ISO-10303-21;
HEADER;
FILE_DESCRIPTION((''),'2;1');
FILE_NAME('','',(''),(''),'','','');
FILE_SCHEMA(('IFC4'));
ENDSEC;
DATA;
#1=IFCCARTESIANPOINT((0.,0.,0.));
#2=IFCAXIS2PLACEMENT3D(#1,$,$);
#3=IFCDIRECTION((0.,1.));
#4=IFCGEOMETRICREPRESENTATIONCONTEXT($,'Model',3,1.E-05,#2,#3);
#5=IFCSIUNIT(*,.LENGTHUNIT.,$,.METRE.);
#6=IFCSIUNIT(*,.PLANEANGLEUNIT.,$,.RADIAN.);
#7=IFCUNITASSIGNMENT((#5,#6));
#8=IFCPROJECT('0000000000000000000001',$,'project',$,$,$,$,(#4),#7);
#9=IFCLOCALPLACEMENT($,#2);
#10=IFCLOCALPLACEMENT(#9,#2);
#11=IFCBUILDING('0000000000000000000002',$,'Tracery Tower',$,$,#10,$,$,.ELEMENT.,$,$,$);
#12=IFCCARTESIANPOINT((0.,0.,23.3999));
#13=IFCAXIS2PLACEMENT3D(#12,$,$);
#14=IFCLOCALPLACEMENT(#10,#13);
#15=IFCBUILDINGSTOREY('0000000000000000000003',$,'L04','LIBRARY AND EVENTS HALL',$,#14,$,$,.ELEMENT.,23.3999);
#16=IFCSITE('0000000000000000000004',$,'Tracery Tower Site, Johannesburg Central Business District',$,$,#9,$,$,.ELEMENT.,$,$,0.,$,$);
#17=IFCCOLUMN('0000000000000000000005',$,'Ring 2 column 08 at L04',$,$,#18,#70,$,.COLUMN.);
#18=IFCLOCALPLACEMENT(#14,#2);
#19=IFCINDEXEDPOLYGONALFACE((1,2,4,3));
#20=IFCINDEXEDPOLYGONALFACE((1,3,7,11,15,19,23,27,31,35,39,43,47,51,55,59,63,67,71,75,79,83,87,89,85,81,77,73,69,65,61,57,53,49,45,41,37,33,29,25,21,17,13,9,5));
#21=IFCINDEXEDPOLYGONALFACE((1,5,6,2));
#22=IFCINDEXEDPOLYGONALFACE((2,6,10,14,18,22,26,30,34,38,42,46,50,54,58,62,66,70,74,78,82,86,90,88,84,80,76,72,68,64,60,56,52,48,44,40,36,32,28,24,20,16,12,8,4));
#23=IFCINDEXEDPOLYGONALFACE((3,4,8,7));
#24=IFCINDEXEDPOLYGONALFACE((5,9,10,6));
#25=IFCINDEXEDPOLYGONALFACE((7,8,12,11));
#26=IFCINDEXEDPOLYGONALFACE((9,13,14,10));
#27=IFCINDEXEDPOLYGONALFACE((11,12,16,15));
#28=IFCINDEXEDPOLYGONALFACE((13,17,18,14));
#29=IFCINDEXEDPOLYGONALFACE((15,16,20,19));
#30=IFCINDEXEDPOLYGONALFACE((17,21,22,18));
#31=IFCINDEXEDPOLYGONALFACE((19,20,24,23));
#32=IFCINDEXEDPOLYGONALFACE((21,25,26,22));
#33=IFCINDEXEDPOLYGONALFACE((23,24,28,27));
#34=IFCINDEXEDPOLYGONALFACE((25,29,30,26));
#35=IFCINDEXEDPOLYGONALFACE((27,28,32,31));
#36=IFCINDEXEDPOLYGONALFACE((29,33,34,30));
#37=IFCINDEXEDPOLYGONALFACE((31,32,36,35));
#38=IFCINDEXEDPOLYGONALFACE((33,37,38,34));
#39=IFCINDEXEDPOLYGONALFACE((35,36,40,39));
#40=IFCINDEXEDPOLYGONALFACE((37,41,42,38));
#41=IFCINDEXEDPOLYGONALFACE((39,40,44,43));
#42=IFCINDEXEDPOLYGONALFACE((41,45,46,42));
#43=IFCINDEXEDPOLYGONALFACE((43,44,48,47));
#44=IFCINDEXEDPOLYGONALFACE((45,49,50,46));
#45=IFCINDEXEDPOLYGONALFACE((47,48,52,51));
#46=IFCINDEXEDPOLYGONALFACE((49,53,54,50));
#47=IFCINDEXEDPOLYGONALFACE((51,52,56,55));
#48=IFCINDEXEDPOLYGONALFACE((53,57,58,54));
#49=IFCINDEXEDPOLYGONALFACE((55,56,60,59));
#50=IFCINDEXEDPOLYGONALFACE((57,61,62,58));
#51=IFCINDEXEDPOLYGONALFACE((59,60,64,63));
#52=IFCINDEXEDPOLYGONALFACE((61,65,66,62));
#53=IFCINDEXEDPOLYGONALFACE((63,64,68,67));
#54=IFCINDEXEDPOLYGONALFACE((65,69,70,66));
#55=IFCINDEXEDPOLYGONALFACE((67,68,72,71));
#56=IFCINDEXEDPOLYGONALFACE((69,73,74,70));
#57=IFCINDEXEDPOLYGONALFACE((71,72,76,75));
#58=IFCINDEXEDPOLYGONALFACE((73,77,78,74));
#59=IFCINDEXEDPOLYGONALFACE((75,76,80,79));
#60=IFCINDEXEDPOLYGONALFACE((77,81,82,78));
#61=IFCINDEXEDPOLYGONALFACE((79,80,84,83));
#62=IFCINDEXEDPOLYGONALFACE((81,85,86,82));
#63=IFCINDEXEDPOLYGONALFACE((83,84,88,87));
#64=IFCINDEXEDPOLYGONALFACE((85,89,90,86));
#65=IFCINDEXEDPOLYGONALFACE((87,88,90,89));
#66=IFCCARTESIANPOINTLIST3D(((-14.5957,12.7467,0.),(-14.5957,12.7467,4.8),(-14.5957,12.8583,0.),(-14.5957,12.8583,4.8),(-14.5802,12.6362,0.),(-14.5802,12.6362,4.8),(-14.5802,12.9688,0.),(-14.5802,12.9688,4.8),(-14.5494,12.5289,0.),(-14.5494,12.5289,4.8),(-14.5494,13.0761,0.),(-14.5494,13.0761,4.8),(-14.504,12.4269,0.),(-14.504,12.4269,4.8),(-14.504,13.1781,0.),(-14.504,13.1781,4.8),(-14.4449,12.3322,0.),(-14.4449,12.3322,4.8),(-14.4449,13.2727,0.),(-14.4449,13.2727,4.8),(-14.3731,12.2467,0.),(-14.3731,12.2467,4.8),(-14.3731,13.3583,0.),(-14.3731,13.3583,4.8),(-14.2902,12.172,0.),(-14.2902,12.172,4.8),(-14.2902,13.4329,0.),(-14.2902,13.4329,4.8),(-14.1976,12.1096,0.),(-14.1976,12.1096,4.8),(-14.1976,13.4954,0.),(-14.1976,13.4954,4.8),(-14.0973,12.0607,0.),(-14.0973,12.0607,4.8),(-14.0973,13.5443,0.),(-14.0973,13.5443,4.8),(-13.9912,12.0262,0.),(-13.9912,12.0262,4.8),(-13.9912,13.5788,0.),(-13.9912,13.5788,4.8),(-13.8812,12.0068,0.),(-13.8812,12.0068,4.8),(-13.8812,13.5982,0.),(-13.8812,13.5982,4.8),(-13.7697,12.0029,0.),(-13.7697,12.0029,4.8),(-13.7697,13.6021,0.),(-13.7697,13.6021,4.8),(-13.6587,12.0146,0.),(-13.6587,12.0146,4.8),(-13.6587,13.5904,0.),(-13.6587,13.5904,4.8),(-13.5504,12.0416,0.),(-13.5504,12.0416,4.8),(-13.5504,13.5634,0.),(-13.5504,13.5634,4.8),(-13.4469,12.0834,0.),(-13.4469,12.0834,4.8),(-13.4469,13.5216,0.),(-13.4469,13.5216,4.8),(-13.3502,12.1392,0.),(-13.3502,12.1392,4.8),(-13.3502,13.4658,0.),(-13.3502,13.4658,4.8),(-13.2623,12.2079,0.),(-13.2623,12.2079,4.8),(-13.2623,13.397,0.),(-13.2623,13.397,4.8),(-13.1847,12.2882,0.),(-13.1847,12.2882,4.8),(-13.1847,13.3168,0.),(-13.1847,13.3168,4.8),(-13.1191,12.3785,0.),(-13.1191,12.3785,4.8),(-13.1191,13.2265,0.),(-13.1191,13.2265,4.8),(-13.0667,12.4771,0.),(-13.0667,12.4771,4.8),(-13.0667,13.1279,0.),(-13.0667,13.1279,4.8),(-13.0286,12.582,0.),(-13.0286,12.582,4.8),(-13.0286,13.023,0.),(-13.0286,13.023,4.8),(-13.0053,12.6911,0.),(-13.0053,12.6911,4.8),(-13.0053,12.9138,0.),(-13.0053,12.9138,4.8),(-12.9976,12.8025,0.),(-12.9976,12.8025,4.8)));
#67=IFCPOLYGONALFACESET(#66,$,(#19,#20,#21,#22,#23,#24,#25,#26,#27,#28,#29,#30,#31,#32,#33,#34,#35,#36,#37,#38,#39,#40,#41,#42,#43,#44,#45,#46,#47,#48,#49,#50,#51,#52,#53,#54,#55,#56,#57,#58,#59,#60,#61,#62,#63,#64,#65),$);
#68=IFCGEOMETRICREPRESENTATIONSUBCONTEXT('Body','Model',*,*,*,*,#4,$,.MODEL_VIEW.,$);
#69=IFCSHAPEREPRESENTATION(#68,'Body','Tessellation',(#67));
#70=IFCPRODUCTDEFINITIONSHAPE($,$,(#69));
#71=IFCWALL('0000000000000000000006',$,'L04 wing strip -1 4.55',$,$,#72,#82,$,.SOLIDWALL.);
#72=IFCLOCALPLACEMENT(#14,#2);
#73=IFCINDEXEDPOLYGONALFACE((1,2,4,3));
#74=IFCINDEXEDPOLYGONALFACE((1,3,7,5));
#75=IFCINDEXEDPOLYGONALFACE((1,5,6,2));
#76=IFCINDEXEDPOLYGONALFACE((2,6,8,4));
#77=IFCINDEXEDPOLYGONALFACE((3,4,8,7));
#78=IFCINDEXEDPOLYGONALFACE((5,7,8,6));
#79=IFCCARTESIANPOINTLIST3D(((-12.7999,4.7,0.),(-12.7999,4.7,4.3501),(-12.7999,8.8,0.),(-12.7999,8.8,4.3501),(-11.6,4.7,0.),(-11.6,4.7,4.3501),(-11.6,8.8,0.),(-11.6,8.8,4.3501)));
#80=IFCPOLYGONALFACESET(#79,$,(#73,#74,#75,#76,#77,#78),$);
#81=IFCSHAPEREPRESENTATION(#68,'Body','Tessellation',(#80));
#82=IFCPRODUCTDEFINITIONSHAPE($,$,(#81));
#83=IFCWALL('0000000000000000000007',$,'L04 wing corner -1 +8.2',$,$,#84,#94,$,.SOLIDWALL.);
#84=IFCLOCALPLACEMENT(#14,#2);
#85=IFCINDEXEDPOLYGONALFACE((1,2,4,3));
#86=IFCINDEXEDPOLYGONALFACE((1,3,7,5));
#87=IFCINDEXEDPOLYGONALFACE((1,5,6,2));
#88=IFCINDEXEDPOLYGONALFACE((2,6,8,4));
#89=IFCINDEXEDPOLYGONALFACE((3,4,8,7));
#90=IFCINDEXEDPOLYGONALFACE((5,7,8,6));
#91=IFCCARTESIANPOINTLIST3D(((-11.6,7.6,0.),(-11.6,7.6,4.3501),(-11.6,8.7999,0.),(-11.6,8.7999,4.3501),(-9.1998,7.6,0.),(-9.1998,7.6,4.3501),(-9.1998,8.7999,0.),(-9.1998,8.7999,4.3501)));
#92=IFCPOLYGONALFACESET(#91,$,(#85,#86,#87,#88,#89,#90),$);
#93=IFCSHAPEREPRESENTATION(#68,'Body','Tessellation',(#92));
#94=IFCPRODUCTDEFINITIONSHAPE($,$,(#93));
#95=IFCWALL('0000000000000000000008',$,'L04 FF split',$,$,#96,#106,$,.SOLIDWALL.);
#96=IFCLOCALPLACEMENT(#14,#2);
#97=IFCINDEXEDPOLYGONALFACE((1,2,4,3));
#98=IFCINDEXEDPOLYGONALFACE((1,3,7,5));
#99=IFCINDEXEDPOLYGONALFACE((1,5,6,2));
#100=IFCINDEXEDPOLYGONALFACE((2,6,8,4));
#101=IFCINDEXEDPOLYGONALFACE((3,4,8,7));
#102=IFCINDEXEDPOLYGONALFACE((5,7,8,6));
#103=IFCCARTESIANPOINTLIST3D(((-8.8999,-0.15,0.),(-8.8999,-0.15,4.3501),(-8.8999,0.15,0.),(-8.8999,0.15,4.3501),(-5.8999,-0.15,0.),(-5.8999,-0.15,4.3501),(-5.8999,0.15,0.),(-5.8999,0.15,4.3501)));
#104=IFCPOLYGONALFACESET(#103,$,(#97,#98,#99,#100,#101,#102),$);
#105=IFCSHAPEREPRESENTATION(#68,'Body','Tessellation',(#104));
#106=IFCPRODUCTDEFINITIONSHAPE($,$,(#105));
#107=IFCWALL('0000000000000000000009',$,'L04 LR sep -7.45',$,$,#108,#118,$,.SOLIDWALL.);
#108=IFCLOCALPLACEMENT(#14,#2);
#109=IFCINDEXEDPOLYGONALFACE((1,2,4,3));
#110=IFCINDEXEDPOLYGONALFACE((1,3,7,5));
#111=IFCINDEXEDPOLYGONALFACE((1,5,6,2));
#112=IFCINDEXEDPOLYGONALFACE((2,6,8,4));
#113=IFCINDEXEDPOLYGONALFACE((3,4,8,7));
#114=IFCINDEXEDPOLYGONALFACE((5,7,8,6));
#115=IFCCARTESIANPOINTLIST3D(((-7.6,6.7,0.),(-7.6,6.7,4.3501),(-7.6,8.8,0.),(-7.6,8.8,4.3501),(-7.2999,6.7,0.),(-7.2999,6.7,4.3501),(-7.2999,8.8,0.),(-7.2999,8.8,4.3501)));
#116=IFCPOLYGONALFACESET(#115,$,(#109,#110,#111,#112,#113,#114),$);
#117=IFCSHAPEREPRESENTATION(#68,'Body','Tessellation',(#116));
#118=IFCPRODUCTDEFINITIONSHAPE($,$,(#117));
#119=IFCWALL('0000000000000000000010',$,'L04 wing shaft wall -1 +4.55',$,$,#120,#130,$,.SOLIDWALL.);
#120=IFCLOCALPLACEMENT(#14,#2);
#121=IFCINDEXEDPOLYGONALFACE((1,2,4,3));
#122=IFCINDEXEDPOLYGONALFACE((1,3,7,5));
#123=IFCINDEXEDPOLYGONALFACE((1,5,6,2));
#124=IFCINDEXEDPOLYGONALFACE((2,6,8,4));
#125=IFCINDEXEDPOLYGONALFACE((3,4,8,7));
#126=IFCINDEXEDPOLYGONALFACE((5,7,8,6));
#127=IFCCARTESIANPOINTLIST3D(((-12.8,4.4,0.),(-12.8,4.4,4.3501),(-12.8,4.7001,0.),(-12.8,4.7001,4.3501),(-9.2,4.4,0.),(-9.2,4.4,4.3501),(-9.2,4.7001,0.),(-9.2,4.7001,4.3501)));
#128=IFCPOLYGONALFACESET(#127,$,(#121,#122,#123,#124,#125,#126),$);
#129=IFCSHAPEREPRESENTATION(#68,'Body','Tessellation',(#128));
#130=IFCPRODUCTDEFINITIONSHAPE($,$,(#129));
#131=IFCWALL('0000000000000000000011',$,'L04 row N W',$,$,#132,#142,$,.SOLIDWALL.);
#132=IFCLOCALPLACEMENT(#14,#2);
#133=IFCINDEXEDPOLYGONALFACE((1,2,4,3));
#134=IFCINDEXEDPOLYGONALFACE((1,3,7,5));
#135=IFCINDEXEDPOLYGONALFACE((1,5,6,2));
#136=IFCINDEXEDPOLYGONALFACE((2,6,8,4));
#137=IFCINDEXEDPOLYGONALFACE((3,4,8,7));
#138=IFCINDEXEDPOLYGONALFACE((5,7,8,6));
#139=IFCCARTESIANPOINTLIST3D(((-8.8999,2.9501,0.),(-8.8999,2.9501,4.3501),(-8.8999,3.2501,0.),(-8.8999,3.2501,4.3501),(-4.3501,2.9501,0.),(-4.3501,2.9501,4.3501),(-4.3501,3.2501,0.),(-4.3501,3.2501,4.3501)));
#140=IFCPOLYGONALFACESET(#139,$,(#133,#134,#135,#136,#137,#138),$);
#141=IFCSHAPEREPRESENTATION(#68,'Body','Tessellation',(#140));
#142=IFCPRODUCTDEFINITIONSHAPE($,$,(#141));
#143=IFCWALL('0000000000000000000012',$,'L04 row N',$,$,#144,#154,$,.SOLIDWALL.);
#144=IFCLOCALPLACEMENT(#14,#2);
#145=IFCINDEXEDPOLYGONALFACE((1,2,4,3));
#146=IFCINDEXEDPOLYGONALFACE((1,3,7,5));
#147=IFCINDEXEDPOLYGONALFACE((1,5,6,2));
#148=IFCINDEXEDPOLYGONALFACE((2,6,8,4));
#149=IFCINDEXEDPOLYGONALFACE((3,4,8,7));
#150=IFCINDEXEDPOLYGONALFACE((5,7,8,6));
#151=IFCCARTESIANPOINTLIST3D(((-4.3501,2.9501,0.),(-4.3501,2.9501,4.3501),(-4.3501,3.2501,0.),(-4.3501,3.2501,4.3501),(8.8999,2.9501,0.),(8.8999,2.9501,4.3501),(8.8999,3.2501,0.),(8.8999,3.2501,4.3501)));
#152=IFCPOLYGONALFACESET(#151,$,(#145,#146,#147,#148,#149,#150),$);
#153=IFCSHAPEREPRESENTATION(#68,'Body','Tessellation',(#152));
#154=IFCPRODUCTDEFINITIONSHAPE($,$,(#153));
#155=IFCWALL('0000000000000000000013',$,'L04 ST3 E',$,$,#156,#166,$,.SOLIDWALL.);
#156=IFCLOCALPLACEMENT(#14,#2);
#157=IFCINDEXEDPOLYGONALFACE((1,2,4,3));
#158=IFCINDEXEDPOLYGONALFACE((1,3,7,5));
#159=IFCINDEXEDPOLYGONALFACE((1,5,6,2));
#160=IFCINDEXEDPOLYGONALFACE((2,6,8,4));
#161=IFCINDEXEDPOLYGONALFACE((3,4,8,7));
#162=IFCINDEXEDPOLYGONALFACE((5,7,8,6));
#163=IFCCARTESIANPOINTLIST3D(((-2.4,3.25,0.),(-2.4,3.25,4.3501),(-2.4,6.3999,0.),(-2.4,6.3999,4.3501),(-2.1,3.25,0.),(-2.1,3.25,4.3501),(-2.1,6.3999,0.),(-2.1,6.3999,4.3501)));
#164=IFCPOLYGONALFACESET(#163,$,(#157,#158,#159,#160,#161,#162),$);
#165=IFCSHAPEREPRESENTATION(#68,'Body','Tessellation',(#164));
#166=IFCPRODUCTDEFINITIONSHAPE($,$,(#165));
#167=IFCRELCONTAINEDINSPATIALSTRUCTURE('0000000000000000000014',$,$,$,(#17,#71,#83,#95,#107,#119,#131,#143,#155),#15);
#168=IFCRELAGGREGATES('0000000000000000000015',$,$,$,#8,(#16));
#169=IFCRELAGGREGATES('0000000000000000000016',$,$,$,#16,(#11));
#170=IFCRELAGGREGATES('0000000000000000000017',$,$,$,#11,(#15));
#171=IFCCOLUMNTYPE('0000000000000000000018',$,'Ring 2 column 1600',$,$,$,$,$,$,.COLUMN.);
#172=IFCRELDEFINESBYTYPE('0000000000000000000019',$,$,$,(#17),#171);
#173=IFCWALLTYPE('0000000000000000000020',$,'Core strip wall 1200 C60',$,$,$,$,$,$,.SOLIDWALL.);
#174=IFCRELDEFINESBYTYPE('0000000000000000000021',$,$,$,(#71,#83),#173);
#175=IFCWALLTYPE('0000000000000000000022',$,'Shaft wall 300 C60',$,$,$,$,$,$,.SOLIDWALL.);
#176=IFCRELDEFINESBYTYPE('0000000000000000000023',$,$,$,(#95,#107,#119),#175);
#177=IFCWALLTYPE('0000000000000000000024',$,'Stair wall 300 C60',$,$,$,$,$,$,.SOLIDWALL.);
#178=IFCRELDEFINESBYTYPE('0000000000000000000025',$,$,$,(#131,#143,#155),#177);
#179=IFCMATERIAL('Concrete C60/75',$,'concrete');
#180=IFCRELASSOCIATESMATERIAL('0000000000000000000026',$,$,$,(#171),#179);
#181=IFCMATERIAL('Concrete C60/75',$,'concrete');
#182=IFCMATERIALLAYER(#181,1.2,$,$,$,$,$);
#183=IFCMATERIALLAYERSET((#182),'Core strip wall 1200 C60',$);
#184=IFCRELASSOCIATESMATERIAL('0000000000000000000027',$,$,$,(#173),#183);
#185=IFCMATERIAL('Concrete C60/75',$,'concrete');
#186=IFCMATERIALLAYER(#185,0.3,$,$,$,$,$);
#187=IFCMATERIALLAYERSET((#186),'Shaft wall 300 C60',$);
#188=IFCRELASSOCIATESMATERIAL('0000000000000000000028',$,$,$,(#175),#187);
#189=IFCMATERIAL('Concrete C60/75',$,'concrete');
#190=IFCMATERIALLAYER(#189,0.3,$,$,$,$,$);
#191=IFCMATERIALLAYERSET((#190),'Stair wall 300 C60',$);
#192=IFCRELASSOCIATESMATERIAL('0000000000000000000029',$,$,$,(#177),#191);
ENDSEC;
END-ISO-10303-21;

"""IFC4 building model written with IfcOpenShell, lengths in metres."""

from ifc_helpers import new_model, si_unit, direction, frame, frame_2d, origin, origin_2d, place, context, subcontext, project, spatial, rectangle, circle, extrude, material, layer, layer_set, material_profile, profile_set, type_object, element, save


model = new_model("IFC4")

# Units and contexts
model_context = context("Model", 3, precision=1e-05, world=origin(), true_north=direction((0.0, 1.0)))
body_context = subcontext(model_context, "Body", "Model", "MODEL_VIEW")
ifc_project = project(units=[si_unit("LENGTHUNIT", "METRE"), si_unit("PLANEANGLEUNIT", "RADIAN")], contexts=[model_context])

# Site, building, storey
site_placement = place(None, origin())
site = spatial("IfcSite", under=ifc_project, at=site_placement, Name="Tracery Tower Site, Johannesburg Central Business District", CompositionType="ELEMENT", RefElevation=0.0)
building_placement = place(site_placement, origin())
building = spatial("IfcBuilding", under=site, at=building_placement, Name="Tracery Tower", CompositionType="ELEMENT")
storey_placement = place(building_placement, frame((0.0, 0.0, 23.3999)))
storey = spatial("IfcBuildingStorey", under=building, at=storey_placement, Name="L04", Description="LIBRARY AND EVENTS HALL", CompositionType="ELEMENT", Elevation=23.3999)

# Column
ifc_material_1 = material(Name="Concrete C60/75", Category="concrete")
ifc_material_profile = material_profile(ifc_material_1, circle(Radius=0.8, at=origin_2d()), Name="RC D1600")
ifc_profile_set = profile_set([ifc_material_profile], Name="Concrete C60/75")
column_type = type_object("IfcColumnType", Name="Ring 2 column 1600", PredefinedType="COLUMN", material=ifc_profile_set)
column_placement = place(storey_placement, frame((-13.7976, 12.8025, 0.0), z_axis=(0.0, 0.0, 1.0), x_axis=(1.0, 0.0, 0.0)))
element("IfcColumn", 1, at=column_placement, inside=storey, type_object=column_type, Name="Ring 2 column 08 at L04", PredefinedType="COLUMN", context=body_context, shape_type="SweptSolid", body=[
    extrude(circle(Radius=0.8, at=origin_2d()), origin(), (0.0, 0.0, 1.0), 4.8),
])

# Walls
ifc_material_2 = material(Name="Concrete C60/75", Category="concrete")
ifc_layer_1 = layer(ifc_material_2, 1.2)
ifc_layer_set_1 = layer_set([ifc_layer_1], Name="Core strip wall 1200 C60")
wall_type_1 = type_object("IfcWallType", Name="Core strip wall 1200 C60", PredefinedType="SOLIDWALL", material=ifc_layer_set_1)
wall_1_placement = place(storey_placement, frame((-12.2, 4.7, 0.0), z_axis=(0.0, 0.0, 1.0), x_axis=(0.0, 1.0, 0.0)))
element("IfcWall", 2, at=wall_1_placement, inside=storey, type_object=wall_type_1, Name="L04 wing strip -1 4.55", PredefinedType="SOLIDWALL", context=body_context, shape_type="SweptSolid", body=[
    extrude(rectangle(XDim=4.1001, YDim=1.2, at=frame_2d((2.05, 0.0))), origin(), (0.0, 0.0, 1.0), 4.3501),
])
wall_2_placement = place(storey_placement, frame((-11.6001, 8.2, 0.0), z_axis=(0.0, 0.0, 1.0), x_axis=(1.0, 0.0, 0.0)))
element("IfcWall", 3, at=wall_2_placement, inside=storey, type_object=wall_type_1, Name="L04 wing corner -1 +8.2", PredefinedType="SOLIDWALL", context=body_context, shape_type="SweptSolid", body=[
    extrude(rectangle(XDim=2.4001, YDim=1.2, at=frame_2d((1.2002, 0.0))), origin(), (0.0, 0.0, 1.0), 4.3501),
])
ifc_material_3 = material(Name="Concrete C60/75", Category="concrete")
ifc_layer_2 = layer(ifc_material_3, 0.3)
ifc_layer_set_2 = layer_set([ifc_layer_2], Name="Shaft wall 300 C60")
wall_type_2 = type_object("IfcWallType", Name="Shaft wall 300 C60", PredefinedType="SOLIDWALL", material=ifc_layer_set_2)
wall_3_placement = place(storey_placement, frame((-8.8999, 0.0, 0.0), z_axis=(0.0, 0.0, 1.0), x_axis=(1.0, 0.0, 0.0)))
element("IfcWall", 4, at=wall_3_placement, inside=storey, type_object=wall_type_2, Name="L04 FF split", PredefinedType="SOLIDWALL", context=body_context, shape_type="SweptSolid", body=[
    extrude(rectangle(XDim=3.0, YDim=0.3, at=frame_2d((1.5, 0.0))), origin(), (0.0, 0.0, 1.0), 4.3501),
])
wall_4_placement = place(storey_placement, frame((-7.45, 6.7, 0.0), z_axis=(0.0, 0.0, 1.0), x_axis=(0.0, 1.0, 0.0)))
element("IfcWall", 5, at=wall_4_placement, inside=storey, type_object=wall_type_2, Name="L04 LR sep -7.45", PredefinedType="SOLIDWALL", context=body_context, shape_type="SweptSolid", body=[
    extrude(rectangle(XDim=2.1001, YDim=0.3, at=frame_2d((1.05, 0.0))), origin(), (0.0, 0.0, 1.0), 4.3501),
])

# Wall
wall_5_placement = place(storey_placement, frame((-12.8, 4.55, 0.0), z_axis=(0.0, 0.0, 1.0), x_axis=(1.0, 0.0, 0.0)))
element("IfcWall", 6, at=wall_5_placement, inside=storey, type_object=wall_type_2, Name="L04 wing shaft wall -1 +4.55", PredefinedType="SOLIDWALL", context=body_context, shape_type="SweptSolid", body=[
    extrude(rectangle(XDim=3.6001, YDim=0.3, at=frame_2d((1.8, 0.0))), origin(), (0.0, 0.0, 1.0), 4.3501),
])

# Walls
ifc_material_4 = material(Name="Concrete C60/75", Category="concrete")
ifc_layer_3 = layer(ifc_material_4, 0.3)
ifc_layer_set_3 = layer_set([ifc_layer_3], Name="Stair wall 300 C60")
wall_type_3 = type_object("IfcWallType", Name="Stair wall 300 C60", PredefinedType="SOLIDWALL", material=ifc_layer_set_3)
wall_6_placement = place(storey_placement, frame((-8.8999, 3.1001, 0.0), z_axis=(0.0, 0.0, 1.0), x_axis=(1.0, 0.0, 0.0)))
element("IfcWall", 7, at=wall_6_placement, inside=storey, type_object=wall_type_3, Name="L04 row N W", PredefinedType="SOLIDWALL", context=body_context, shape_type="SweptSolid", body=[
    extrude(rectangle(XDim=4.5498, YDim=0.3, at=frame_2d((2.2749, 0.0))), origin(), (0.0, 0.0, 1.0), 4.3501),
])
wall_7_placement = place(storey_placement, frame((-4.3501, 3.1001, 0.0), z_axis=(0.0, 0.0, 1.0), x_axis=(1.0, 0.0, 0.0)))
element("IfcWall", 8, at=wall_7_placement, inside=storey, type_object=wall_type_3, Name="L04 row N", PredefinedType="SOLIDWALL", context=body_context, shape_type="SweptSolid", body=[
    extrude(rectangle(XDim=13.25, YDim=0.3, at=frame_2d((6.625, 0.0))), origin(), (0.0, 0.0, 1.0), 4.3501),
])
wall_8_placement = place(storey_placement, frame((-2.25, 3.25, 0.0), z_axis=(0.0, 0.0, 1.0), x_axis=(0.0, 1.0, 0.0)))
element("IfcWall", 9, at=wall_8_placement, inside=storey, type_object=wall_type_3, Name="L04 ST3 E", PredefinedType="SOLIDWALL", context=body_context, shape_type="SweptSolid", body=[
    extrude(rectangle(XDim=3.1499, YDim=0.3, at=frame_2d((1.575, 0.0))), origin(), (0.0, 0.0, 1.0), 4.3501),
])

save(model, "model.ifc")
